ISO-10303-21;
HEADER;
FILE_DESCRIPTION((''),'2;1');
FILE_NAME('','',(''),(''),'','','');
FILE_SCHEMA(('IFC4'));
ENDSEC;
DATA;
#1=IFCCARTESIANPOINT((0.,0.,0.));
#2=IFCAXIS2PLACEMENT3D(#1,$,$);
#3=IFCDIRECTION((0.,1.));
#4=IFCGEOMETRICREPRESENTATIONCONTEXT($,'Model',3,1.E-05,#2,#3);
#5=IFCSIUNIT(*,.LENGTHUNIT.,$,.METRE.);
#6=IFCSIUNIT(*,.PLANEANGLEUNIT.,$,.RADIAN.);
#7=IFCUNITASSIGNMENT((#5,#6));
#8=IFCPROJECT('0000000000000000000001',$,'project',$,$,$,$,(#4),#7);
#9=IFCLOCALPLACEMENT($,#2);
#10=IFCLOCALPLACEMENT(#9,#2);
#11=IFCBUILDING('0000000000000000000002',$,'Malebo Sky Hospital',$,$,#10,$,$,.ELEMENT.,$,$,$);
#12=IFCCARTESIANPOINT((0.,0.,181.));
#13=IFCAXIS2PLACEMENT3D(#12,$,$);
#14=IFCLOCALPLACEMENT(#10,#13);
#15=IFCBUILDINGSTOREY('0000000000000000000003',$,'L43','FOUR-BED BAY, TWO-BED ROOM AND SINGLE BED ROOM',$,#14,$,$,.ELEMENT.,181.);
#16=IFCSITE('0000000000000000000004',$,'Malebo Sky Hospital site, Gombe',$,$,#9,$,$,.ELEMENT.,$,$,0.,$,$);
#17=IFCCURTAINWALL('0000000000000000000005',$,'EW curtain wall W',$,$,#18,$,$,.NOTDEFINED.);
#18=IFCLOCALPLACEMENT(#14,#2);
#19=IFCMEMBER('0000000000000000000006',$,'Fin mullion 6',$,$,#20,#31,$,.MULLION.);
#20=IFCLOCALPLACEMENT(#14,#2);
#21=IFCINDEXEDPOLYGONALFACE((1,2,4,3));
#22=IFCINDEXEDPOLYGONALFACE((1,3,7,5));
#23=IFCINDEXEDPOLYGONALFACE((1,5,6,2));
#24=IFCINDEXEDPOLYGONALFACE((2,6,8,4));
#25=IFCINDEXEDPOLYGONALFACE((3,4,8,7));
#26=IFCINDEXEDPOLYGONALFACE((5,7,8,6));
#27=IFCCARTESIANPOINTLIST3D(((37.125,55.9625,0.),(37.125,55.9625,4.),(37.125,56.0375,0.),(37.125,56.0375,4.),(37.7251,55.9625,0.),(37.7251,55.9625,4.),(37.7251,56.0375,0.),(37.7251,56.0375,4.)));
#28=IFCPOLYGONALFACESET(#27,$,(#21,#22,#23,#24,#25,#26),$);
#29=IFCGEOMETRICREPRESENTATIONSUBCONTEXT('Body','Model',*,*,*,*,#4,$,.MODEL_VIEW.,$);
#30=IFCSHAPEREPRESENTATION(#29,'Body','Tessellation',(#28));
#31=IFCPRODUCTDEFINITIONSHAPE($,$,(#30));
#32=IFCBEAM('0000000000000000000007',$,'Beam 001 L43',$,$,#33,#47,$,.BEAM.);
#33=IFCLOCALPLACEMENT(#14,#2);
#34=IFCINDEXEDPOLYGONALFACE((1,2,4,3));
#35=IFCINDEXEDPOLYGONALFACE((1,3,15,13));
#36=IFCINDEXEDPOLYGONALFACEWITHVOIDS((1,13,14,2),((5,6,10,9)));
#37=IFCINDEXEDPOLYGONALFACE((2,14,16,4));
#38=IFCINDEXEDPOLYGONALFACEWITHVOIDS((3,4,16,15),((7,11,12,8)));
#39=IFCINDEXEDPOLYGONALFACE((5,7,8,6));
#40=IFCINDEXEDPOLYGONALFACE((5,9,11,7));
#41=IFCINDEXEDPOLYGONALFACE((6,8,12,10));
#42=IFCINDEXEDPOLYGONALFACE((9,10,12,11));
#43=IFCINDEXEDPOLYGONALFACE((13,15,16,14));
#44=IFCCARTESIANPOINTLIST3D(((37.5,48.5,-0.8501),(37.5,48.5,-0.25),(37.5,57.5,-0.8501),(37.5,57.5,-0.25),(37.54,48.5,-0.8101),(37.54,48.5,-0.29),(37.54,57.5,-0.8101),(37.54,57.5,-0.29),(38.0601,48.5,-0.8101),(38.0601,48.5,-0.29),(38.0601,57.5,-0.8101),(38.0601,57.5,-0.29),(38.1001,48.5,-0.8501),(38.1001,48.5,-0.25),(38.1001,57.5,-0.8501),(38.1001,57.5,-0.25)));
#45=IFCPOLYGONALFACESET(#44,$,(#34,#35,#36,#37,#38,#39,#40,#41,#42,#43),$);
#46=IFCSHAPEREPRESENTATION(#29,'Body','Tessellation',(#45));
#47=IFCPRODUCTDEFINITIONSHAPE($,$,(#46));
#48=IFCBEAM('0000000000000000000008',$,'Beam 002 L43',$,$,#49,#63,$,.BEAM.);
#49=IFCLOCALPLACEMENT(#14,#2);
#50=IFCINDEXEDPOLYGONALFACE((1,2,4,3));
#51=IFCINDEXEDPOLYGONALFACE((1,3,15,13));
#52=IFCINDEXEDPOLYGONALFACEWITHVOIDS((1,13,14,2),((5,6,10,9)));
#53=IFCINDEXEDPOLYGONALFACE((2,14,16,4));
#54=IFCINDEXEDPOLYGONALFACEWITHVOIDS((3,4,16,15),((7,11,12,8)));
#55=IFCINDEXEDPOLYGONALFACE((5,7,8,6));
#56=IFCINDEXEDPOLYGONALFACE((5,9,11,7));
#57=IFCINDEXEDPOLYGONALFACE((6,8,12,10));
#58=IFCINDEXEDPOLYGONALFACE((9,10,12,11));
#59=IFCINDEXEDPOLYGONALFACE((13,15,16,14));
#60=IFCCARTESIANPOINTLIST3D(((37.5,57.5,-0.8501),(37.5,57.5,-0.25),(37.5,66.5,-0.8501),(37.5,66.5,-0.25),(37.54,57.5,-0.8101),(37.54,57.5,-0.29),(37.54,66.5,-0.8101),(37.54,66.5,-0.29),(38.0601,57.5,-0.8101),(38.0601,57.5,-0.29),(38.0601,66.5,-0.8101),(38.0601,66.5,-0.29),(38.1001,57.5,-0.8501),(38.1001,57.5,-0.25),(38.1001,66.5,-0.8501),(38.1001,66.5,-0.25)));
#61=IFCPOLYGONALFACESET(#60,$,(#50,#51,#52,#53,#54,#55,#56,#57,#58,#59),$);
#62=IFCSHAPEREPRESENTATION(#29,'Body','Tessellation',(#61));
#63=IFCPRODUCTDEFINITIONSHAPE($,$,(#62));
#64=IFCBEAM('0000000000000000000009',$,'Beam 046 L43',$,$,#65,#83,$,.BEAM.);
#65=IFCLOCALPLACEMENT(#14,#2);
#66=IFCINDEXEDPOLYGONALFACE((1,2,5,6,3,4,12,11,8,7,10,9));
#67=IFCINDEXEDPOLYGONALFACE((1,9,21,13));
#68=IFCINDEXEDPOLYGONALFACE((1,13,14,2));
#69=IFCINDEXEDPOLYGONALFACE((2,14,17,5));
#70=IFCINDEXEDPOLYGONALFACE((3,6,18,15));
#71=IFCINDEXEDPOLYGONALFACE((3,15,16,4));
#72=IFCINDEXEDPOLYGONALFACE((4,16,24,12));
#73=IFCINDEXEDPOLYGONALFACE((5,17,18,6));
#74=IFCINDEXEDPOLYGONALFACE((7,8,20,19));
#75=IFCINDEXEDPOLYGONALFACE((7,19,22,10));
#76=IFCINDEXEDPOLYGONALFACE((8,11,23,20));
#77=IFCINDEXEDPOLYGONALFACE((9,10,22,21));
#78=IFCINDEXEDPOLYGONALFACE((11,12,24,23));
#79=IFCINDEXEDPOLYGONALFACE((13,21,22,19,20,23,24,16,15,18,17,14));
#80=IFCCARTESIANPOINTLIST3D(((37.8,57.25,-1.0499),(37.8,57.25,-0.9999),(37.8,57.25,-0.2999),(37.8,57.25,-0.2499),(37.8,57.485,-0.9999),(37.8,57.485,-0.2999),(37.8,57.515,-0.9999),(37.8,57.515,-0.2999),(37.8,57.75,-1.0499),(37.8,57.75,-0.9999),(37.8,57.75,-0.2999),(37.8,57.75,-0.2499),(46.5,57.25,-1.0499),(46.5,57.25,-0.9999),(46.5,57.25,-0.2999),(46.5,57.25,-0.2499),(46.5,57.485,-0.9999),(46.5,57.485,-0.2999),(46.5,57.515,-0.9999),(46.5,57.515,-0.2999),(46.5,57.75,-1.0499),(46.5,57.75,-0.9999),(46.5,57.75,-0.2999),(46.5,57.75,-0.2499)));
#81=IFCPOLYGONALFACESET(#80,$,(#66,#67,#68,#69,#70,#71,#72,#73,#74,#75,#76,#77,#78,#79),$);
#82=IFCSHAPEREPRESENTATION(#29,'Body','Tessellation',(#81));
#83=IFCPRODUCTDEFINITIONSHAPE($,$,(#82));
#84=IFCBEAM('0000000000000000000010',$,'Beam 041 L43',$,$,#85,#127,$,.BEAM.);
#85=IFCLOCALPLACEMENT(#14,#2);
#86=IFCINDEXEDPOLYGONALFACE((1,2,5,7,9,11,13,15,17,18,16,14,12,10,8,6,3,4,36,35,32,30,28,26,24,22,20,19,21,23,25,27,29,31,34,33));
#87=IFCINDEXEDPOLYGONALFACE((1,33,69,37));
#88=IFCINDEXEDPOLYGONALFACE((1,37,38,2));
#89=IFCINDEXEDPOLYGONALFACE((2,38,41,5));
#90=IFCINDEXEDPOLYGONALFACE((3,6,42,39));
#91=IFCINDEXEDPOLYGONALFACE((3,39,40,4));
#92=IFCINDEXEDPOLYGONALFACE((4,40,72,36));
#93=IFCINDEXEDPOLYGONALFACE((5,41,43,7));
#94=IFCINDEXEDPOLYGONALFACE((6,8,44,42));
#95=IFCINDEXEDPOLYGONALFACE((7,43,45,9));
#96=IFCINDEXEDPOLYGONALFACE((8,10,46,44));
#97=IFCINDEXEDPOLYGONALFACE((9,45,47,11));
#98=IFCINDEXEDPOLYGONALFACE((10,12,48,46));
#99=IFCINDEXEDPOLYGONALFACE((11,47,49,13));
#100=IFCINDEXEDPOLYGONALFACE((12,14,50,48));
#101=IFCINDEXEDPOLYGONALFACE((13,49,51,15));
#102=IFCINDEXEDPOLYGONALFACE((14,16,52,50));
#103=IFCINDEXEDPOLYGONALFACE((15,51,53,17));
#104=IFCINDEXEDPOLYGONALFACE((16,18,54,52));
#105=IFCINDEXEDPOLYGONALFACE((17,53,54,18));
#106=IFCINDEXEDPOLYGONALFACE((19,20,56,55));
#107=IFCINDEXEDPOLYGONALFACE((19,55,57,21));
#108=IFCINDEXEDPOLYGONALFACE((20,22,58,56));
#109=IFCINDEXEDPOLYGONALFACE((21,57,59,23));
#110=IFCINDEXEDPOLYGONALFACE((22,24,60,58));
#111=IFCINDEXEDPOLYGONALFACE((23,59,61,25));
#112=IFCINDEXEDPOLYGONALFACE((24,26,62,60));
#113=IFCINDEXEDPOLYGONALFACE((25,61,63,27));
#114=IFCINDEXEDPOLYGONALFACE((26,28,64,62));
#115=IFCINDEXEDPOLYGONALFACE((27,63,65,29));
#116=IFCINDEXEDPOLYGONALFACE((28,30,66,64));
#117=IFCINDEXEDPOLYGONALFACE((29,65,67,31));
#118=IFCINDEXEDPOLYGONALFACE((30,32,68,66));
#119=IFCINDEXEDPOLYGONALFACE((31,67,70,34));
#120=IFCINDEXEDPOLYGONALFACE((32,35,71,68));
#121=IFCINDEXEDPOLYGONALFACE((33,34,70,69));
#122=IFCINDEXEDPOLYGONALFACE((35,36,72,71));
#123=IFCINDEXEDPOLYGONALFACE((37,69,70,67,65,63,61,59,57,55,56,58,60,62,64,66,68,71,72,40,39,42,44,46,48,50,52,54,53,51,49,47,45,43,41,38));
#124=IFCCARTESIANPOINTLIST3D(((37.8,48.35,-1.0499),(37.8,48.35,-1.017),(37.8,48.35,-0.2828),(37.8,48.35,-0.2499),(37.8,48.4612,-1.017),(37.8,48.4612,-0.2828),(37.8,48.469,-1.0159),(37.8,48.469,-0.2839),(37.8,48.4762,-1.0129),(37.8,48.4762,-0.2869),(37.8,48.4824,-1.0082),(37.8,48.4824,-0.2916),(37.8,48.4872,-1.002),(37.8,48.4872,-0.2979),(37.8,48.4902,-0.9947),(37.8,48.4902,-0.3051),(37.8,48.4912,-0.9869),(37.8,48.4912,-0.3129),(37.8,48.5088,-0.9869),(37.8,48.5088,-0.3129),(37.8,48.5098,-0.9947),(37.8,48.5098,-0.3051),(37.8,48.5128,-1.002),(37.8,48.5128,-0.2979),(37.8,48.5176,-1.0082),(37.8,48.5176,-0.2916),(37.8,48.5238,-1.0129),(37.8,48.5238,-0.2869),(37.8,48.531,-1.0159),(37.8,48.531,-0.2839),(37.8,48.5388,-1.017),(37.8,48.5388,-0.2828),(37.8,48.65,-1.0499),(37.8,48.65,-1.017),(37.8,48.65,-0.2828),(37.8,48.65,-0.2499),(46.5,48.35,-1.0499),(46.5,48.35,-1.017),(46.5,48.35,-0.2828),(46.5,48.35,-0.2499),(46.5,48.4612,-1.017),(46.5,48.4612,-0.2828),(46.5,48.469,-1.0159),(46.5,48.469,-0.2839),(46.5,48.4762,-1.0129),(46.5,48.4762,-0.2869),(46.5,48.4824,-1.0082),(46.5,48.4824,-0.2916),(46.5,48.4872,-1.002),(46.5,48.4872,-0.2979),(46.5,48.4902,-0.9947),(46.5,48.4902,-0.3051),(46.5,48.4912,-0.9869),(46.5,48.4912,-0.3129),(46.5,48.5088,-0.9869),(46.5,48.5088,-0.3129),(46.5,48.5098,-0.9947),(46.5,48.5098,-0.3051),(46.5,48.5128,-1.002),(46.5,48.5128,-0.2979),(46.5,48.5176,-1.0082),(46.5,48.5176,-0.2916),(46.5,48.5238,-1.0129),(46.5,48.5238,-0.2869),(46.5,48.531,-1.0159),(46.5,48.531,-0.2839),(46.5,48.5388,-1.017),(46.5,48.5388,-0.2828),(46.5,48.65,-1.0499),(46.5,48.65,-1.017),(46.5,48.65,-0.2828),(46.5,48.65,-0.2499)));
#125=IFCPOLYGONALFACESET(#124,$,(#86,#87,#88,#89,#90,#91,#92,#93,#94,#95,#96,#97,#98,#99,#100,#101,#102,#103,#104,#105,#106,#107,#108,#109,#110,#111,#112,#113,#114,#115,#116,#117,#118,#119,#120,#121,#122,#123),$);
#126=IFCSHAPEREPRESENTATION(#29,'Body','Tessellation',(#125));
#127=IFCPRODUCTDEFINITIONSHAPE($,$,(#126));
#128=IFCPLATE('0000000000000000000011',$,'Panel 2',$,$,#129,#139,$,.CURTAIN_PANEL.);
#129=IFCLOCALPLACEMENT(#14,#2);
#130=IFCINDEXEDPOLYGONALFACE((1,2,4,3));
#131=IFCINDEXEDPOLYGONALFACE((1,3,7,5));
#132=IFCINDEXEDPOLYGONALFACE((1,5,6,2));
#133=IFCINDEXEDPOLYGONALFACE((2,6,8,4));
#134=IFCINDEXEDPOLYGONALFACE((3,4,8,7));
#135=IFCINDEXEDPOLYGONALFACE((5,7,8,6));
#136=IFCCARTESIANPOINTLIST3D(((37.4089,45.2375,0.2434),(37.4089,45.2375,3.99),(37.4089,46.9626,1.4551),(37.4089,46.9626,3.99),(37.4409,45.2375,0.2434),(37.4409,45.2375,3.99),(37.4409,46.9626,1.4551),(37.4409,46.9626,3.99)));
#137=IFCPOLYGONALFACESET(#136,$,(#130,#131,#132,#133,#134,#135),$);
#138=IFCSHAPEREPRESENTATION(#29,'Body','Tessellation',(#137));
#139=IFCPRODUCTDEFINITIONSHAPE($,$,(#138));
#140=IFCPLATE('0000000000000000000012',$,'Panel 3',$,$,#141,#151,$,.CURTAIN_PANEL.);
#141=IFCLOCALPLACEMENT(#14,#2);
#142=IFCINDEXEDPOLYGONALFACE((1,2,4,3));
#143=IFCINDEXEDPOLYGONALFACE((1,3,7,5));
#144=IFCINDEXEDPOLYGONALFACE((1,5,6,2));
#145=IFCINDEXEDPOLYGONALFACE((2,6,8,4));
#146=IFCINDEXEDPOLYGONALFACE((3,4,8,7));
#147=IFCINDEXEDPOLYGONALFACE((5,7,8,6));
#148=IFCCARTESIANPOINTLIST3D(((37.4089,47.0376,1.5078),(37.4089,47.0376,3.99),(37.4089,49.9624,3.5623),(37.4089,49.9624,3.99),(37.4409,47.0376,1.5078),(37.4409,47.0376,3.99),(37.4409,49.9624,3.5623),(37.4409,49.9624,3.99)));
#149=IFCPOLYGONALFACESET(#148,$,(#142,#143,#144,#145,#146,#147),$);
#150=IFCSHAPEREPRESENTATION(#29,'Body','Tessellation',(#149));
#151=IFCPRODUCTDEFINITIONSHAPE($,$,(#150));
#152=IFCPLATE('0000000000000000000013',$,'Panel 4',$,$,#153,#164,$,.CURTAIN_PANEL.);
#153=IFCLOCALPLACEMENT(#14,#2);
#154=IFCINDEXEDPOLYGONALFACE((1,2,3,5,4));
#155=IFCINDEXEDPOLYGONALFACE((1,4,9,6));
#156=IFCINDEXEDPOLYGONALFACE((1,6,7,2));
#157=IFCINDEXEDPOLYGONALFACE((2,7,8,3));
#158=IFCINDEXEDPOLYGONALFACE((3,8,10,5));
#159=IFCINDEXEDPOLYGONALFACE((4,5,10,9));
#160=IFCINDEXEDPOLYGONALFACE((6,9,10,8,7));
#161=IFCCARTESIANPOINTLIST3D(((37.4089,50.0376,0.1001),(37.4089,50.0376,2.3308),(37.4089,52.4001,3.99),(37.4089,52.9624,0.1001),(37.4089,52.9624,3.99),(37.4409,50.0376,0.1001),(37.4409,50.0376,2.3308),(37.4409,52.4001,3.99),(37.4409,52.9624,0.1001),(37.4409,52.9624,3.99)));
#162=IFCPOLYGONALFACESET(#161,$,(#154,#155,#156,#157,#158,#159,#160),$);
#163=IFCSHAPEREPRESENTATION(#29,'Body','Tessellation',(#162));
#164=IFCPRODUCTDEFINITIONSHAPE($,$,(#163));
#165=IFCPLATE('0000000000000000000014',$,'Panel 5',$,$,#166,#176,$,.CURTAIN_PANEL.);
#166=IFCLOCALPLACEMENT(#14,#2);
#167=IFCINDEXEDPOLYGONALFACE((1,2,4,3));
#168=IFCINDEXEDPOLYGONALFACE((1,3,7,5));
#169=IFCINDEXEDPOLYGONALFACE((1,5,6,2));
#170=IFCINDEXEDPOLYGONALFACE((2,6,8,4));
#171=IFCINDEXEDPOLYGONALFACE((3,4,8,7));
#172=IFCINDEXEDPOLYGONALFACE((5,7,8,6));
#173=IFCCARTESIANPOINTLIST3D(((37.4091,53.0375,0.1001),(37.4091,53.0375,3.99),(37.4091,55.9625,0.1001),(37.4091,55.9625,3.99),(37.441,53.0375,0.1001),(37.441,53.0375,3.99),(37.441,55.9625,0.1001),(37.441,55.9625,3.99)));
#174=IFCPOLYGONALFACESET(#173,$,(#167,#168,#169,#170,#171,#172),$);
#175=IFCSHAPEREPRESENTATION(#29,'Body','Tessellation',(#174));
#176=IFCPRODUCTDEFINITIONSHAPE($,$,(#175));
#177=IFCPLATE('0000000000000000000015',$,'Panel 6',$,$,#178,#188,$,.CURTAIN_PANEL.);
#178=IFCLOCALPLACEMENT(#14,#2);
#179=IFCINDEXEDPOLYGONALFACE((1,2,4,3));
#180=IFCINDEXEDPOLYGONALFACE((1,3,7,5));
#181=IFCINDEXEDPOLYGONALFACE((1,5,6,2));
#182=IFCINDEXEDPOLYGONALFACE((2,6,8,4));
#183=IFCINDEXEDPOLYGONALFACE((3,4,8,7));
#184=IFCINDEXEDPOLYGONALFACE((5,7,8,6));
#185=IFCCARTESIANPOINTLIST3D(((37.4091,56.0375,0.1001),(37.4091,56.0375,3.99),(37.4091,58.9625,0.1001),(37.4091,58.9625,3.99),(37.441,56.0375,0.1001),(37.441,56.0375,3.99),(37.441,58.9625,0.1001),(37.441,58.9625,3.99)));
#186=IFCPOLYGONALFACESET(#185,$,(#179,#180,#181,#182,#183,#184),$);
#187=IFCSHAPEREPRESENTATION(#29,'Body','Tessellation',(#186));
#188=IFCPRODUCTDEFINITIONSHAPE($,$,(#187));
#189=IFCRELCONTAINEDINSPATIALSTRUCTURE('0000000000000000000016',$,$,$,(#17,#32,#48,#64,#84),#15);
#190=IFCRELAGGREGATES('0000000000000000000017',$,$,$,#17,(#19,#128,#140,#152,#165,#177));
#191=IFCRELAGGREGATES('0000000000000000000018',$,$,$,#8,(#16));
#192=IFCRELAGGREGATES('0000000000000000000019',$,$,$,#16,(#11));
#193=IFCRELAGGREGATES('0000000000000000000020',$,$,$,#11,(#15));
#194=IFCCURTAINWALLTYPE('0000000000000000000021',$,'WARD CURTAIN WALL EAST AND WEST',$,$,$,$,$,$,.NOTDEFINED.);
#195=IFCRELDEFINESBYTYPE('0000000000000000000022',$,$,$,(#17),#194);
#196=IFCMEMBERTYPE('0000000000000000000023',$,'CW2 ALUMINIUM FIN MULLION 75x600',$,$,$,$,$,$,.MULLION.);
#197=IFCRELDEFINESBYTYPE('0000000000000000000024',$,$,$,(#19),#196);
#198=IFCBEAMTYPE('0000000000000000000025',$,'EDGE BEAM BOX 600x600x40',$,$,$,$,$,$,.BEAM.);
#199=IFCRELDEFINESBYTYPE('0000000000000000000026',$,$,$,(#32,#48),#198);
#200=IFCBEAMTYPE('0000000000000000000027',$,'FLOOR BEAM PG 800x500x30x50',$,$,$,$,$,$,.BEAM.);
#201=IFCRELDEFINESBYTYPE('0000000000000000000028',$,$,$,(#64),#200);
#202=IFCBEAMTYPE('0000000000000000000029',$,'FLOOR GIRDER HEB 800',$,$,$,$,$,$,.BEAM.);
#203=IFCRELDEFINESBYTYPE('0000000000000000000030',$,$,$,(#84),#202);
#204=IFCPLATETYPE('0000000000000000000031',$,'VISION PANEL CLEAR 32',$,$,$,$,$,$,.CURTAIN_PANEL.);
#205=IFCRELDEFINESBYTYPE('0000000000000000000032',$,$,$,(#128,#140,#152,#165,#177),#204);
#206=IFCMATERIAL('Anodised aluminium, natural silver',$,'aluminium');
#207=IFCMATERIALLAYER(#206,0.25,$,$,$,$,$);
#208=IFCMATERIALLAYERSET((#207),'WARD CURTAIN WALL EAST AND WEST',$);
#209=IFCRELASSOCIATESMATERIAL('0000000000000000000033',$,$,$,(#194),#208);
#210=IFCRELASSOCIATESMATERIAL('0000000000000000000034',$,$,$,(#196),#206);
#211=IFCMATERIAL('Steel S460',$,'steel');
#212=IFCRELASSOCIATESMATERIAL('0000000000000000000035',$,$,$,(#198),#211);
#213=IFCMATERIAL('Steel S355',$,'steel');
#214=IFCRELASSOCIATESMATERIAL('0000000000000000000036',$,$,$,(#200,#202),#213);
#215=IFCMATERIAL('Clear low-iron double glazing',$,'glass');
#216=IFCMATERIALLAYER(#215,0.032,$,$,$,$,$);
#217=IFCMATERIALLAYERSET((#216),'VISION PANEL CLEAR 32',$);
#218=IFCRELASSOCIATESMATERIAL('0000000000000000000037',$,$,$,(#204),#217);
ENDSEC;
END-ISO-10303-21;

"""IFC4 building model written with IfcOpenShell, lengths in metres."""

from ifc_helpers import new_model, si_unit, direction, frame, origin, origin_2d, place, context, subcontext, project, spatial, polyline, rectangle, hollow_rectangle, i_section, outline, extrude, material, layer, layer_set, material_profile, profile_set, type_object, element, aggregate, save


model = new_model("IFC4")

# Units and contexts
model_context = context("Model", 3, precision=1e-05, world=origin(), true_north=direction((0.0, 1.0)))
body_context = subcontext(model_context, "Body", "Model", "MODEL_VIEW")
ifc_project = project(units=[si_unit("LENGTHUNIT", "METRE"), si_unit("PLANEANGLEUNIT", "RADIAN")], contexts=[model_context])

# Site, building, storey
site_placement = place(None, origin())
site = spatial("IfcSite", under=ifc_project, at=site_placement, Name="Malebo Sky Hospital site, Gombe", CompositionType="ELEMENT", RefElevation=0.0)
building_placement = place(site_placement, origin())
building = spatial("IfcBuilding", under=site, at=building_placement, Name="Malebo Sky Hospital", CompositionType="ELEMENT")
storey_placement = place(building_placement, frame((0.0, 0.0, 181.0)))
storey = spatial("IfcBuildingStorey", under=building, at=storey_placement, Name="L43", Description="FOUR-BED BAY, TWO-BED ROOM AND SINGLE BED ROOM", CompositionType="ELEMENT", Elevation=181.0)

# Shared definitions
ifc_material_1 = material(Name="Steel S460", Category="steel")

# Curtain wall
ifc_material_2 = material(Name="Anodised aluminium, natural silver", Category="aluminium")
ifc_layer_1 = layer(ifc_material_2, 0.25)
ifc_layer_set_1 = layer_set([ifc_layer_1], Name="WARD CURTAIN WALL EAST AND WEST")
curtain_wall_type = type_object("IfcCurtainWallType", Name="WARD CURTAIN WALL EAST AND WEST", PredefinedType="NOTDEFINED", material=ifc_layer_set_1)
curtain_wall_placement = place(storey_placement, origin())
curtain_wall = element("IfcCurtainWall", 1, at=curtain_wall_placement, inside=storey, type_object=curtain_wall_type, Name="EW curtain wall W", PredefinedType="NOTDEFINED")

# Member
ifc_material_3 = material(Name="Steel S355", Category="steel")
ifc_material_profile_1 = material_profile(ifc_material_2, rectangle(XDim=0.075, YDim=0.6001, at=origin_2d()), Name="CW2 ALUMINIUM FIN MULLION 75x600")
ifc_profile_set_1 = profile_set([ifc_material_profile_1], Name="Anodised aluminium, natural silver")
member_type_1 = type_object("IfcMemberType", Name="CW2 ALUMINIUM FIN MULLION 75x600", PredefinedType="MULLION", material=ifc_profile_set_1)
member_1_placement = place(storey_placement, frame((37.425, 56.0, 0.0), z_axis=(0.0, 0.0, 1.0), x_axis=(0.0, 1.0, 0.0)))
member_1 = element("IfcMember", 2, at=member_1_placement, type_object=member_type_1, Name="Fin mullion 6", PredefinedType="MULLION", context=body_context, shape_type="SweptSolid", body=[
    extrude(rectangle(XDim=0.075, YDim=0.6001, at=origin_2d()), origin(), (0.0, 0.0, 1.0), 4.0),
])

# Beams
ifc_material_profile_2 = material_profile(ifc_material_1, hollow_rectangle(XDim=0.6001, YDim=0.6001, WallThickness=0.04, at=origin_2d()), Name="BOX 600x600x40")
ifc_profile_set_2 = profile_set([ifc_material_profile_2], Name="Steel S460")
beam_type_1 = type_object("IfcBeamType", Name="EDGE BEAM BOX 600x600x40", PredefinedType="BEAM", material=ifc_profile_set_2)
for number, where, z_axis, x_axis, name in (
    (3, (37.8, 48.5, -0.55), (0.0, 1.0, 0.0), (-1.0, 0.0, 0.0), "Beam 001 L43"),
    (4, (37.8, 57.5, -0.55), (0.0, 1.0, 0.0), (-1.0, 0.0, 0.0), "Beam 002 L43"),
):
    element("IfcBeam", number, at=place(storey_placement, frame(where, z_axis=z_axis, x_axis=x_axis)), inside=storey, type_object=beam_type_1, Name=name, PredefinedType="BEAM", context=body_context, shape_type="SweptSolid", body=[
        extrude(hollow_rectangle(XDim=0.6001, YDim=0.6001, WallThickness=0.04, at=origin_2d()), origin(), (0.0, 0.0, 1.0), 9.0),
    ])
ifc_material_profile_3 = material_profile(ifc_material_3, i_section(OverallWidth=0.5, OverallDepth=0.8, WebThickness=0.03, FlangeThickness=0.05, at=origin_2d()), Name="PG 800x500x30x50")
ifc_profile_set_3 = profile_set([ifc_material_profile_3], Name="Steel S355")
beam_type_2 = type_object("IfcBeamType", Name="FLOOR BEAM PG 800x500x30x50", PredefinedType="BEAM", material=ifc_profile_set_3)
beam_1_placement = place(storey_placement, frame((37.8, 57.5, -0.6499), z_axis=(1.0, 0.0, 0.0), x_axis=(0.0, 1.0, 0.0)))
element("IfcBeam", 5, at=beam_1_placement, inside=storey, type_object=beam_type_2, Name="Beam 046 L43", PredefinedType="BEAM", context=body_context, shape_type="SweptSolid", body=[
    extrude(i_section(OverallWidth=0.5, OverallDepth=0.8, WebThickness=0.03, FlangeThickness=0.05, at=origin_2d()), origin(), (0.0, 0.0, 1.0), 8.7),
])
ifc_material_profile_4 = material_profile(ifc_material_3, i_section(OverallWidth=0.3, OverallDepth=0.8, WebThickness=0.0176, FlangeThickness=0.033, FilletRadius=0.03, at=origin_2d()), Name="HEB 800")
ifc_profile_set_4 = profile_set([ifc_material_profile_4], Name="Steel S355")
beam_type_3 = type_object("IfcBeamType", Name="FLOOR GIRDER HEB 800", PredefinedType="BEAM", material=ifc_profile_set_4)
beam_2_placement = place(storey_placement, frame((37.8, 48.5, -0.6499), z_axis=(1.0, 0.0, 0.0), x_axis=(0.0, 1.0, 0.0)))
element("IfcBeam", 6, at=beam_2_placement, inside=storey, type_object=beam_type_3, Name="Beam 041 L43", PredefinedType="BEAM", context=body_context, shape_type="SweptSolid", body=[
    extrude(i_section(OverallWidth=0.3, OverallDepth=0.8, WebThickness=0.0176, FlangeThickness=0.033, FilletRadius=0.03, at=origin_2d()), origin(), (0.0, 0.0, 1.0), 8.7),
])

# Plates
ifc_material_4 = material(Name="Clear low-iron double glazing", Category="glass")
ifc_layer_2 = layer(ifc_material_4, 0.032)
ifc_layer_set_2 = layer_set([ifc_layer_2], Name="VISION PANEL CLEAR 32")
plate_type = type_object("IfcPlateType", Name="VISION PANEL CLEAR 32", PredefinedType="CURTAIN_PANEL", material=ifc_layer_set_2)
plate_1_placement = place(storey_placement, frame((37.425, 46.1001, 0.2434), z_axis=(0.0, 0.0, 1.0), x_axis=(0.0, 1.0, 0.0)))
plate_1 = element("IfcPlate", 7, at=plate_1_placement, type_object=plate_type, Name="Panel 2", PredefinedType="CURTAIN_PANEL", context=body_context, shape_type="SweptSolid", body=[
    extrude(outline(polyline([(-0.8625, 0.0), (0.8625, 1.2117), (0.8625, 3.7466), (-0.8625, 3.7466), (-0.8625, 0.0)])), frame((0.0, 0.0161, 0.0), z_axis=(0.0, -1.0, 0.0), x_axis=(1.0, 0.0, 0.0)), (0.0, 0.0, 1.0), 0.032),
])
plate_2_placement = place(storey_placement, frame((37.425, 48.5, 1.5078), z_axis=(0.0, 0.0, 1.0), x_axis=(0.0, 1.0, 0.0)))
plate_2 = element("IfcPlate", 8, at=plate_2_placement, type_object=plate_type, Name="Panel 3", PredefinedType="CURTAIN_PANEL", context=body_context, shape_type="SweptSolid", body=[
    extrude(outline(polyline([(-1.4624, 0.0), (1.4624, 2.0544), (1.4624, 2.4822), (-1.4624, 2.4822), (-1.4624, 0.0)])), frame((0.0, 0.0161, 0.0), z_axis=(0.0, -1.0, 0.0), x_axis=(1.0, 0.0, 0.0)), (0.0, 0.0, 1.0), 0.032),
])
plate_3_placement = place(storey_placement, frame((37.425, 51.5, 0.1001), z_axis=(0.0, 0.0, 1.0), x_axis=(0.0, 1.0, 0.0)))
plate_3 = element("IfcPlate", 9, at=plate_3_placement, type_object=plate_type, Name="Panel 4", PredefinedType="CURTAIN_PANEL", context=body_context, shape_type="SweptSolid", body=[
    extrude(outline(polyline([(-1.4624, 0.0), (1.4624, 0.0), (1.4624, 3.8899), (0.9001, 3.8899), (-1.4624, 2.2307), (-1.4624, 0.0)])), frame((0.0, 0.0161, 0.0), z_axis=(0.0, -1.0, 0.0), x_axis=(1.0, 0.0, 0.0)), (0.0, 0.0, 1.0), 0.032),
])
plate_4_placement = place(storey_placement, frame((37.425, 54.5, 0.1001), z_axis=(0.0, 0.0, 1.0), x_axis=(0.0, 1.0, 0.0)))
plate_4 = element("IfcPlate", 10, at=plate_4_placement, type_object=plate_type, Name="Panel 5", PredefinedType="CURTAIN_PANEL", context=body_context, shape_type="SweptSolid", body=[
    extrude(rectangle(XDim=2.925, YDim=0.032, at=origin_2d()), origin(), (0.0, 0.0, 1.0), 3.8899),
])
plate_5_placement = place(storey_placement, frame((37.425, 57.5, 0.1001), z_axis=(0.0, 0.0, 1.0), x_axis=(0.0, 1.0, 0.0)))
plate_5 = element("IfcPlate", 11, at=plate_5_placement, type_object=plate_type, Name="Panel 6", PredefinedType="CURTAIN_PANEL", context=body_context, shape_type="SweptSolid", body=[
    extrude(rectangle(XDim=2.925, YDim=0.032, at=origin_2d()), origin(), (0.0, 0.0, 1.0), 3.8899),
])
aggregate(curtain_wall, [member_1, plate_1, plate_2, plate_3, plate_4, plate_5])

save(model, "model.ifc")
